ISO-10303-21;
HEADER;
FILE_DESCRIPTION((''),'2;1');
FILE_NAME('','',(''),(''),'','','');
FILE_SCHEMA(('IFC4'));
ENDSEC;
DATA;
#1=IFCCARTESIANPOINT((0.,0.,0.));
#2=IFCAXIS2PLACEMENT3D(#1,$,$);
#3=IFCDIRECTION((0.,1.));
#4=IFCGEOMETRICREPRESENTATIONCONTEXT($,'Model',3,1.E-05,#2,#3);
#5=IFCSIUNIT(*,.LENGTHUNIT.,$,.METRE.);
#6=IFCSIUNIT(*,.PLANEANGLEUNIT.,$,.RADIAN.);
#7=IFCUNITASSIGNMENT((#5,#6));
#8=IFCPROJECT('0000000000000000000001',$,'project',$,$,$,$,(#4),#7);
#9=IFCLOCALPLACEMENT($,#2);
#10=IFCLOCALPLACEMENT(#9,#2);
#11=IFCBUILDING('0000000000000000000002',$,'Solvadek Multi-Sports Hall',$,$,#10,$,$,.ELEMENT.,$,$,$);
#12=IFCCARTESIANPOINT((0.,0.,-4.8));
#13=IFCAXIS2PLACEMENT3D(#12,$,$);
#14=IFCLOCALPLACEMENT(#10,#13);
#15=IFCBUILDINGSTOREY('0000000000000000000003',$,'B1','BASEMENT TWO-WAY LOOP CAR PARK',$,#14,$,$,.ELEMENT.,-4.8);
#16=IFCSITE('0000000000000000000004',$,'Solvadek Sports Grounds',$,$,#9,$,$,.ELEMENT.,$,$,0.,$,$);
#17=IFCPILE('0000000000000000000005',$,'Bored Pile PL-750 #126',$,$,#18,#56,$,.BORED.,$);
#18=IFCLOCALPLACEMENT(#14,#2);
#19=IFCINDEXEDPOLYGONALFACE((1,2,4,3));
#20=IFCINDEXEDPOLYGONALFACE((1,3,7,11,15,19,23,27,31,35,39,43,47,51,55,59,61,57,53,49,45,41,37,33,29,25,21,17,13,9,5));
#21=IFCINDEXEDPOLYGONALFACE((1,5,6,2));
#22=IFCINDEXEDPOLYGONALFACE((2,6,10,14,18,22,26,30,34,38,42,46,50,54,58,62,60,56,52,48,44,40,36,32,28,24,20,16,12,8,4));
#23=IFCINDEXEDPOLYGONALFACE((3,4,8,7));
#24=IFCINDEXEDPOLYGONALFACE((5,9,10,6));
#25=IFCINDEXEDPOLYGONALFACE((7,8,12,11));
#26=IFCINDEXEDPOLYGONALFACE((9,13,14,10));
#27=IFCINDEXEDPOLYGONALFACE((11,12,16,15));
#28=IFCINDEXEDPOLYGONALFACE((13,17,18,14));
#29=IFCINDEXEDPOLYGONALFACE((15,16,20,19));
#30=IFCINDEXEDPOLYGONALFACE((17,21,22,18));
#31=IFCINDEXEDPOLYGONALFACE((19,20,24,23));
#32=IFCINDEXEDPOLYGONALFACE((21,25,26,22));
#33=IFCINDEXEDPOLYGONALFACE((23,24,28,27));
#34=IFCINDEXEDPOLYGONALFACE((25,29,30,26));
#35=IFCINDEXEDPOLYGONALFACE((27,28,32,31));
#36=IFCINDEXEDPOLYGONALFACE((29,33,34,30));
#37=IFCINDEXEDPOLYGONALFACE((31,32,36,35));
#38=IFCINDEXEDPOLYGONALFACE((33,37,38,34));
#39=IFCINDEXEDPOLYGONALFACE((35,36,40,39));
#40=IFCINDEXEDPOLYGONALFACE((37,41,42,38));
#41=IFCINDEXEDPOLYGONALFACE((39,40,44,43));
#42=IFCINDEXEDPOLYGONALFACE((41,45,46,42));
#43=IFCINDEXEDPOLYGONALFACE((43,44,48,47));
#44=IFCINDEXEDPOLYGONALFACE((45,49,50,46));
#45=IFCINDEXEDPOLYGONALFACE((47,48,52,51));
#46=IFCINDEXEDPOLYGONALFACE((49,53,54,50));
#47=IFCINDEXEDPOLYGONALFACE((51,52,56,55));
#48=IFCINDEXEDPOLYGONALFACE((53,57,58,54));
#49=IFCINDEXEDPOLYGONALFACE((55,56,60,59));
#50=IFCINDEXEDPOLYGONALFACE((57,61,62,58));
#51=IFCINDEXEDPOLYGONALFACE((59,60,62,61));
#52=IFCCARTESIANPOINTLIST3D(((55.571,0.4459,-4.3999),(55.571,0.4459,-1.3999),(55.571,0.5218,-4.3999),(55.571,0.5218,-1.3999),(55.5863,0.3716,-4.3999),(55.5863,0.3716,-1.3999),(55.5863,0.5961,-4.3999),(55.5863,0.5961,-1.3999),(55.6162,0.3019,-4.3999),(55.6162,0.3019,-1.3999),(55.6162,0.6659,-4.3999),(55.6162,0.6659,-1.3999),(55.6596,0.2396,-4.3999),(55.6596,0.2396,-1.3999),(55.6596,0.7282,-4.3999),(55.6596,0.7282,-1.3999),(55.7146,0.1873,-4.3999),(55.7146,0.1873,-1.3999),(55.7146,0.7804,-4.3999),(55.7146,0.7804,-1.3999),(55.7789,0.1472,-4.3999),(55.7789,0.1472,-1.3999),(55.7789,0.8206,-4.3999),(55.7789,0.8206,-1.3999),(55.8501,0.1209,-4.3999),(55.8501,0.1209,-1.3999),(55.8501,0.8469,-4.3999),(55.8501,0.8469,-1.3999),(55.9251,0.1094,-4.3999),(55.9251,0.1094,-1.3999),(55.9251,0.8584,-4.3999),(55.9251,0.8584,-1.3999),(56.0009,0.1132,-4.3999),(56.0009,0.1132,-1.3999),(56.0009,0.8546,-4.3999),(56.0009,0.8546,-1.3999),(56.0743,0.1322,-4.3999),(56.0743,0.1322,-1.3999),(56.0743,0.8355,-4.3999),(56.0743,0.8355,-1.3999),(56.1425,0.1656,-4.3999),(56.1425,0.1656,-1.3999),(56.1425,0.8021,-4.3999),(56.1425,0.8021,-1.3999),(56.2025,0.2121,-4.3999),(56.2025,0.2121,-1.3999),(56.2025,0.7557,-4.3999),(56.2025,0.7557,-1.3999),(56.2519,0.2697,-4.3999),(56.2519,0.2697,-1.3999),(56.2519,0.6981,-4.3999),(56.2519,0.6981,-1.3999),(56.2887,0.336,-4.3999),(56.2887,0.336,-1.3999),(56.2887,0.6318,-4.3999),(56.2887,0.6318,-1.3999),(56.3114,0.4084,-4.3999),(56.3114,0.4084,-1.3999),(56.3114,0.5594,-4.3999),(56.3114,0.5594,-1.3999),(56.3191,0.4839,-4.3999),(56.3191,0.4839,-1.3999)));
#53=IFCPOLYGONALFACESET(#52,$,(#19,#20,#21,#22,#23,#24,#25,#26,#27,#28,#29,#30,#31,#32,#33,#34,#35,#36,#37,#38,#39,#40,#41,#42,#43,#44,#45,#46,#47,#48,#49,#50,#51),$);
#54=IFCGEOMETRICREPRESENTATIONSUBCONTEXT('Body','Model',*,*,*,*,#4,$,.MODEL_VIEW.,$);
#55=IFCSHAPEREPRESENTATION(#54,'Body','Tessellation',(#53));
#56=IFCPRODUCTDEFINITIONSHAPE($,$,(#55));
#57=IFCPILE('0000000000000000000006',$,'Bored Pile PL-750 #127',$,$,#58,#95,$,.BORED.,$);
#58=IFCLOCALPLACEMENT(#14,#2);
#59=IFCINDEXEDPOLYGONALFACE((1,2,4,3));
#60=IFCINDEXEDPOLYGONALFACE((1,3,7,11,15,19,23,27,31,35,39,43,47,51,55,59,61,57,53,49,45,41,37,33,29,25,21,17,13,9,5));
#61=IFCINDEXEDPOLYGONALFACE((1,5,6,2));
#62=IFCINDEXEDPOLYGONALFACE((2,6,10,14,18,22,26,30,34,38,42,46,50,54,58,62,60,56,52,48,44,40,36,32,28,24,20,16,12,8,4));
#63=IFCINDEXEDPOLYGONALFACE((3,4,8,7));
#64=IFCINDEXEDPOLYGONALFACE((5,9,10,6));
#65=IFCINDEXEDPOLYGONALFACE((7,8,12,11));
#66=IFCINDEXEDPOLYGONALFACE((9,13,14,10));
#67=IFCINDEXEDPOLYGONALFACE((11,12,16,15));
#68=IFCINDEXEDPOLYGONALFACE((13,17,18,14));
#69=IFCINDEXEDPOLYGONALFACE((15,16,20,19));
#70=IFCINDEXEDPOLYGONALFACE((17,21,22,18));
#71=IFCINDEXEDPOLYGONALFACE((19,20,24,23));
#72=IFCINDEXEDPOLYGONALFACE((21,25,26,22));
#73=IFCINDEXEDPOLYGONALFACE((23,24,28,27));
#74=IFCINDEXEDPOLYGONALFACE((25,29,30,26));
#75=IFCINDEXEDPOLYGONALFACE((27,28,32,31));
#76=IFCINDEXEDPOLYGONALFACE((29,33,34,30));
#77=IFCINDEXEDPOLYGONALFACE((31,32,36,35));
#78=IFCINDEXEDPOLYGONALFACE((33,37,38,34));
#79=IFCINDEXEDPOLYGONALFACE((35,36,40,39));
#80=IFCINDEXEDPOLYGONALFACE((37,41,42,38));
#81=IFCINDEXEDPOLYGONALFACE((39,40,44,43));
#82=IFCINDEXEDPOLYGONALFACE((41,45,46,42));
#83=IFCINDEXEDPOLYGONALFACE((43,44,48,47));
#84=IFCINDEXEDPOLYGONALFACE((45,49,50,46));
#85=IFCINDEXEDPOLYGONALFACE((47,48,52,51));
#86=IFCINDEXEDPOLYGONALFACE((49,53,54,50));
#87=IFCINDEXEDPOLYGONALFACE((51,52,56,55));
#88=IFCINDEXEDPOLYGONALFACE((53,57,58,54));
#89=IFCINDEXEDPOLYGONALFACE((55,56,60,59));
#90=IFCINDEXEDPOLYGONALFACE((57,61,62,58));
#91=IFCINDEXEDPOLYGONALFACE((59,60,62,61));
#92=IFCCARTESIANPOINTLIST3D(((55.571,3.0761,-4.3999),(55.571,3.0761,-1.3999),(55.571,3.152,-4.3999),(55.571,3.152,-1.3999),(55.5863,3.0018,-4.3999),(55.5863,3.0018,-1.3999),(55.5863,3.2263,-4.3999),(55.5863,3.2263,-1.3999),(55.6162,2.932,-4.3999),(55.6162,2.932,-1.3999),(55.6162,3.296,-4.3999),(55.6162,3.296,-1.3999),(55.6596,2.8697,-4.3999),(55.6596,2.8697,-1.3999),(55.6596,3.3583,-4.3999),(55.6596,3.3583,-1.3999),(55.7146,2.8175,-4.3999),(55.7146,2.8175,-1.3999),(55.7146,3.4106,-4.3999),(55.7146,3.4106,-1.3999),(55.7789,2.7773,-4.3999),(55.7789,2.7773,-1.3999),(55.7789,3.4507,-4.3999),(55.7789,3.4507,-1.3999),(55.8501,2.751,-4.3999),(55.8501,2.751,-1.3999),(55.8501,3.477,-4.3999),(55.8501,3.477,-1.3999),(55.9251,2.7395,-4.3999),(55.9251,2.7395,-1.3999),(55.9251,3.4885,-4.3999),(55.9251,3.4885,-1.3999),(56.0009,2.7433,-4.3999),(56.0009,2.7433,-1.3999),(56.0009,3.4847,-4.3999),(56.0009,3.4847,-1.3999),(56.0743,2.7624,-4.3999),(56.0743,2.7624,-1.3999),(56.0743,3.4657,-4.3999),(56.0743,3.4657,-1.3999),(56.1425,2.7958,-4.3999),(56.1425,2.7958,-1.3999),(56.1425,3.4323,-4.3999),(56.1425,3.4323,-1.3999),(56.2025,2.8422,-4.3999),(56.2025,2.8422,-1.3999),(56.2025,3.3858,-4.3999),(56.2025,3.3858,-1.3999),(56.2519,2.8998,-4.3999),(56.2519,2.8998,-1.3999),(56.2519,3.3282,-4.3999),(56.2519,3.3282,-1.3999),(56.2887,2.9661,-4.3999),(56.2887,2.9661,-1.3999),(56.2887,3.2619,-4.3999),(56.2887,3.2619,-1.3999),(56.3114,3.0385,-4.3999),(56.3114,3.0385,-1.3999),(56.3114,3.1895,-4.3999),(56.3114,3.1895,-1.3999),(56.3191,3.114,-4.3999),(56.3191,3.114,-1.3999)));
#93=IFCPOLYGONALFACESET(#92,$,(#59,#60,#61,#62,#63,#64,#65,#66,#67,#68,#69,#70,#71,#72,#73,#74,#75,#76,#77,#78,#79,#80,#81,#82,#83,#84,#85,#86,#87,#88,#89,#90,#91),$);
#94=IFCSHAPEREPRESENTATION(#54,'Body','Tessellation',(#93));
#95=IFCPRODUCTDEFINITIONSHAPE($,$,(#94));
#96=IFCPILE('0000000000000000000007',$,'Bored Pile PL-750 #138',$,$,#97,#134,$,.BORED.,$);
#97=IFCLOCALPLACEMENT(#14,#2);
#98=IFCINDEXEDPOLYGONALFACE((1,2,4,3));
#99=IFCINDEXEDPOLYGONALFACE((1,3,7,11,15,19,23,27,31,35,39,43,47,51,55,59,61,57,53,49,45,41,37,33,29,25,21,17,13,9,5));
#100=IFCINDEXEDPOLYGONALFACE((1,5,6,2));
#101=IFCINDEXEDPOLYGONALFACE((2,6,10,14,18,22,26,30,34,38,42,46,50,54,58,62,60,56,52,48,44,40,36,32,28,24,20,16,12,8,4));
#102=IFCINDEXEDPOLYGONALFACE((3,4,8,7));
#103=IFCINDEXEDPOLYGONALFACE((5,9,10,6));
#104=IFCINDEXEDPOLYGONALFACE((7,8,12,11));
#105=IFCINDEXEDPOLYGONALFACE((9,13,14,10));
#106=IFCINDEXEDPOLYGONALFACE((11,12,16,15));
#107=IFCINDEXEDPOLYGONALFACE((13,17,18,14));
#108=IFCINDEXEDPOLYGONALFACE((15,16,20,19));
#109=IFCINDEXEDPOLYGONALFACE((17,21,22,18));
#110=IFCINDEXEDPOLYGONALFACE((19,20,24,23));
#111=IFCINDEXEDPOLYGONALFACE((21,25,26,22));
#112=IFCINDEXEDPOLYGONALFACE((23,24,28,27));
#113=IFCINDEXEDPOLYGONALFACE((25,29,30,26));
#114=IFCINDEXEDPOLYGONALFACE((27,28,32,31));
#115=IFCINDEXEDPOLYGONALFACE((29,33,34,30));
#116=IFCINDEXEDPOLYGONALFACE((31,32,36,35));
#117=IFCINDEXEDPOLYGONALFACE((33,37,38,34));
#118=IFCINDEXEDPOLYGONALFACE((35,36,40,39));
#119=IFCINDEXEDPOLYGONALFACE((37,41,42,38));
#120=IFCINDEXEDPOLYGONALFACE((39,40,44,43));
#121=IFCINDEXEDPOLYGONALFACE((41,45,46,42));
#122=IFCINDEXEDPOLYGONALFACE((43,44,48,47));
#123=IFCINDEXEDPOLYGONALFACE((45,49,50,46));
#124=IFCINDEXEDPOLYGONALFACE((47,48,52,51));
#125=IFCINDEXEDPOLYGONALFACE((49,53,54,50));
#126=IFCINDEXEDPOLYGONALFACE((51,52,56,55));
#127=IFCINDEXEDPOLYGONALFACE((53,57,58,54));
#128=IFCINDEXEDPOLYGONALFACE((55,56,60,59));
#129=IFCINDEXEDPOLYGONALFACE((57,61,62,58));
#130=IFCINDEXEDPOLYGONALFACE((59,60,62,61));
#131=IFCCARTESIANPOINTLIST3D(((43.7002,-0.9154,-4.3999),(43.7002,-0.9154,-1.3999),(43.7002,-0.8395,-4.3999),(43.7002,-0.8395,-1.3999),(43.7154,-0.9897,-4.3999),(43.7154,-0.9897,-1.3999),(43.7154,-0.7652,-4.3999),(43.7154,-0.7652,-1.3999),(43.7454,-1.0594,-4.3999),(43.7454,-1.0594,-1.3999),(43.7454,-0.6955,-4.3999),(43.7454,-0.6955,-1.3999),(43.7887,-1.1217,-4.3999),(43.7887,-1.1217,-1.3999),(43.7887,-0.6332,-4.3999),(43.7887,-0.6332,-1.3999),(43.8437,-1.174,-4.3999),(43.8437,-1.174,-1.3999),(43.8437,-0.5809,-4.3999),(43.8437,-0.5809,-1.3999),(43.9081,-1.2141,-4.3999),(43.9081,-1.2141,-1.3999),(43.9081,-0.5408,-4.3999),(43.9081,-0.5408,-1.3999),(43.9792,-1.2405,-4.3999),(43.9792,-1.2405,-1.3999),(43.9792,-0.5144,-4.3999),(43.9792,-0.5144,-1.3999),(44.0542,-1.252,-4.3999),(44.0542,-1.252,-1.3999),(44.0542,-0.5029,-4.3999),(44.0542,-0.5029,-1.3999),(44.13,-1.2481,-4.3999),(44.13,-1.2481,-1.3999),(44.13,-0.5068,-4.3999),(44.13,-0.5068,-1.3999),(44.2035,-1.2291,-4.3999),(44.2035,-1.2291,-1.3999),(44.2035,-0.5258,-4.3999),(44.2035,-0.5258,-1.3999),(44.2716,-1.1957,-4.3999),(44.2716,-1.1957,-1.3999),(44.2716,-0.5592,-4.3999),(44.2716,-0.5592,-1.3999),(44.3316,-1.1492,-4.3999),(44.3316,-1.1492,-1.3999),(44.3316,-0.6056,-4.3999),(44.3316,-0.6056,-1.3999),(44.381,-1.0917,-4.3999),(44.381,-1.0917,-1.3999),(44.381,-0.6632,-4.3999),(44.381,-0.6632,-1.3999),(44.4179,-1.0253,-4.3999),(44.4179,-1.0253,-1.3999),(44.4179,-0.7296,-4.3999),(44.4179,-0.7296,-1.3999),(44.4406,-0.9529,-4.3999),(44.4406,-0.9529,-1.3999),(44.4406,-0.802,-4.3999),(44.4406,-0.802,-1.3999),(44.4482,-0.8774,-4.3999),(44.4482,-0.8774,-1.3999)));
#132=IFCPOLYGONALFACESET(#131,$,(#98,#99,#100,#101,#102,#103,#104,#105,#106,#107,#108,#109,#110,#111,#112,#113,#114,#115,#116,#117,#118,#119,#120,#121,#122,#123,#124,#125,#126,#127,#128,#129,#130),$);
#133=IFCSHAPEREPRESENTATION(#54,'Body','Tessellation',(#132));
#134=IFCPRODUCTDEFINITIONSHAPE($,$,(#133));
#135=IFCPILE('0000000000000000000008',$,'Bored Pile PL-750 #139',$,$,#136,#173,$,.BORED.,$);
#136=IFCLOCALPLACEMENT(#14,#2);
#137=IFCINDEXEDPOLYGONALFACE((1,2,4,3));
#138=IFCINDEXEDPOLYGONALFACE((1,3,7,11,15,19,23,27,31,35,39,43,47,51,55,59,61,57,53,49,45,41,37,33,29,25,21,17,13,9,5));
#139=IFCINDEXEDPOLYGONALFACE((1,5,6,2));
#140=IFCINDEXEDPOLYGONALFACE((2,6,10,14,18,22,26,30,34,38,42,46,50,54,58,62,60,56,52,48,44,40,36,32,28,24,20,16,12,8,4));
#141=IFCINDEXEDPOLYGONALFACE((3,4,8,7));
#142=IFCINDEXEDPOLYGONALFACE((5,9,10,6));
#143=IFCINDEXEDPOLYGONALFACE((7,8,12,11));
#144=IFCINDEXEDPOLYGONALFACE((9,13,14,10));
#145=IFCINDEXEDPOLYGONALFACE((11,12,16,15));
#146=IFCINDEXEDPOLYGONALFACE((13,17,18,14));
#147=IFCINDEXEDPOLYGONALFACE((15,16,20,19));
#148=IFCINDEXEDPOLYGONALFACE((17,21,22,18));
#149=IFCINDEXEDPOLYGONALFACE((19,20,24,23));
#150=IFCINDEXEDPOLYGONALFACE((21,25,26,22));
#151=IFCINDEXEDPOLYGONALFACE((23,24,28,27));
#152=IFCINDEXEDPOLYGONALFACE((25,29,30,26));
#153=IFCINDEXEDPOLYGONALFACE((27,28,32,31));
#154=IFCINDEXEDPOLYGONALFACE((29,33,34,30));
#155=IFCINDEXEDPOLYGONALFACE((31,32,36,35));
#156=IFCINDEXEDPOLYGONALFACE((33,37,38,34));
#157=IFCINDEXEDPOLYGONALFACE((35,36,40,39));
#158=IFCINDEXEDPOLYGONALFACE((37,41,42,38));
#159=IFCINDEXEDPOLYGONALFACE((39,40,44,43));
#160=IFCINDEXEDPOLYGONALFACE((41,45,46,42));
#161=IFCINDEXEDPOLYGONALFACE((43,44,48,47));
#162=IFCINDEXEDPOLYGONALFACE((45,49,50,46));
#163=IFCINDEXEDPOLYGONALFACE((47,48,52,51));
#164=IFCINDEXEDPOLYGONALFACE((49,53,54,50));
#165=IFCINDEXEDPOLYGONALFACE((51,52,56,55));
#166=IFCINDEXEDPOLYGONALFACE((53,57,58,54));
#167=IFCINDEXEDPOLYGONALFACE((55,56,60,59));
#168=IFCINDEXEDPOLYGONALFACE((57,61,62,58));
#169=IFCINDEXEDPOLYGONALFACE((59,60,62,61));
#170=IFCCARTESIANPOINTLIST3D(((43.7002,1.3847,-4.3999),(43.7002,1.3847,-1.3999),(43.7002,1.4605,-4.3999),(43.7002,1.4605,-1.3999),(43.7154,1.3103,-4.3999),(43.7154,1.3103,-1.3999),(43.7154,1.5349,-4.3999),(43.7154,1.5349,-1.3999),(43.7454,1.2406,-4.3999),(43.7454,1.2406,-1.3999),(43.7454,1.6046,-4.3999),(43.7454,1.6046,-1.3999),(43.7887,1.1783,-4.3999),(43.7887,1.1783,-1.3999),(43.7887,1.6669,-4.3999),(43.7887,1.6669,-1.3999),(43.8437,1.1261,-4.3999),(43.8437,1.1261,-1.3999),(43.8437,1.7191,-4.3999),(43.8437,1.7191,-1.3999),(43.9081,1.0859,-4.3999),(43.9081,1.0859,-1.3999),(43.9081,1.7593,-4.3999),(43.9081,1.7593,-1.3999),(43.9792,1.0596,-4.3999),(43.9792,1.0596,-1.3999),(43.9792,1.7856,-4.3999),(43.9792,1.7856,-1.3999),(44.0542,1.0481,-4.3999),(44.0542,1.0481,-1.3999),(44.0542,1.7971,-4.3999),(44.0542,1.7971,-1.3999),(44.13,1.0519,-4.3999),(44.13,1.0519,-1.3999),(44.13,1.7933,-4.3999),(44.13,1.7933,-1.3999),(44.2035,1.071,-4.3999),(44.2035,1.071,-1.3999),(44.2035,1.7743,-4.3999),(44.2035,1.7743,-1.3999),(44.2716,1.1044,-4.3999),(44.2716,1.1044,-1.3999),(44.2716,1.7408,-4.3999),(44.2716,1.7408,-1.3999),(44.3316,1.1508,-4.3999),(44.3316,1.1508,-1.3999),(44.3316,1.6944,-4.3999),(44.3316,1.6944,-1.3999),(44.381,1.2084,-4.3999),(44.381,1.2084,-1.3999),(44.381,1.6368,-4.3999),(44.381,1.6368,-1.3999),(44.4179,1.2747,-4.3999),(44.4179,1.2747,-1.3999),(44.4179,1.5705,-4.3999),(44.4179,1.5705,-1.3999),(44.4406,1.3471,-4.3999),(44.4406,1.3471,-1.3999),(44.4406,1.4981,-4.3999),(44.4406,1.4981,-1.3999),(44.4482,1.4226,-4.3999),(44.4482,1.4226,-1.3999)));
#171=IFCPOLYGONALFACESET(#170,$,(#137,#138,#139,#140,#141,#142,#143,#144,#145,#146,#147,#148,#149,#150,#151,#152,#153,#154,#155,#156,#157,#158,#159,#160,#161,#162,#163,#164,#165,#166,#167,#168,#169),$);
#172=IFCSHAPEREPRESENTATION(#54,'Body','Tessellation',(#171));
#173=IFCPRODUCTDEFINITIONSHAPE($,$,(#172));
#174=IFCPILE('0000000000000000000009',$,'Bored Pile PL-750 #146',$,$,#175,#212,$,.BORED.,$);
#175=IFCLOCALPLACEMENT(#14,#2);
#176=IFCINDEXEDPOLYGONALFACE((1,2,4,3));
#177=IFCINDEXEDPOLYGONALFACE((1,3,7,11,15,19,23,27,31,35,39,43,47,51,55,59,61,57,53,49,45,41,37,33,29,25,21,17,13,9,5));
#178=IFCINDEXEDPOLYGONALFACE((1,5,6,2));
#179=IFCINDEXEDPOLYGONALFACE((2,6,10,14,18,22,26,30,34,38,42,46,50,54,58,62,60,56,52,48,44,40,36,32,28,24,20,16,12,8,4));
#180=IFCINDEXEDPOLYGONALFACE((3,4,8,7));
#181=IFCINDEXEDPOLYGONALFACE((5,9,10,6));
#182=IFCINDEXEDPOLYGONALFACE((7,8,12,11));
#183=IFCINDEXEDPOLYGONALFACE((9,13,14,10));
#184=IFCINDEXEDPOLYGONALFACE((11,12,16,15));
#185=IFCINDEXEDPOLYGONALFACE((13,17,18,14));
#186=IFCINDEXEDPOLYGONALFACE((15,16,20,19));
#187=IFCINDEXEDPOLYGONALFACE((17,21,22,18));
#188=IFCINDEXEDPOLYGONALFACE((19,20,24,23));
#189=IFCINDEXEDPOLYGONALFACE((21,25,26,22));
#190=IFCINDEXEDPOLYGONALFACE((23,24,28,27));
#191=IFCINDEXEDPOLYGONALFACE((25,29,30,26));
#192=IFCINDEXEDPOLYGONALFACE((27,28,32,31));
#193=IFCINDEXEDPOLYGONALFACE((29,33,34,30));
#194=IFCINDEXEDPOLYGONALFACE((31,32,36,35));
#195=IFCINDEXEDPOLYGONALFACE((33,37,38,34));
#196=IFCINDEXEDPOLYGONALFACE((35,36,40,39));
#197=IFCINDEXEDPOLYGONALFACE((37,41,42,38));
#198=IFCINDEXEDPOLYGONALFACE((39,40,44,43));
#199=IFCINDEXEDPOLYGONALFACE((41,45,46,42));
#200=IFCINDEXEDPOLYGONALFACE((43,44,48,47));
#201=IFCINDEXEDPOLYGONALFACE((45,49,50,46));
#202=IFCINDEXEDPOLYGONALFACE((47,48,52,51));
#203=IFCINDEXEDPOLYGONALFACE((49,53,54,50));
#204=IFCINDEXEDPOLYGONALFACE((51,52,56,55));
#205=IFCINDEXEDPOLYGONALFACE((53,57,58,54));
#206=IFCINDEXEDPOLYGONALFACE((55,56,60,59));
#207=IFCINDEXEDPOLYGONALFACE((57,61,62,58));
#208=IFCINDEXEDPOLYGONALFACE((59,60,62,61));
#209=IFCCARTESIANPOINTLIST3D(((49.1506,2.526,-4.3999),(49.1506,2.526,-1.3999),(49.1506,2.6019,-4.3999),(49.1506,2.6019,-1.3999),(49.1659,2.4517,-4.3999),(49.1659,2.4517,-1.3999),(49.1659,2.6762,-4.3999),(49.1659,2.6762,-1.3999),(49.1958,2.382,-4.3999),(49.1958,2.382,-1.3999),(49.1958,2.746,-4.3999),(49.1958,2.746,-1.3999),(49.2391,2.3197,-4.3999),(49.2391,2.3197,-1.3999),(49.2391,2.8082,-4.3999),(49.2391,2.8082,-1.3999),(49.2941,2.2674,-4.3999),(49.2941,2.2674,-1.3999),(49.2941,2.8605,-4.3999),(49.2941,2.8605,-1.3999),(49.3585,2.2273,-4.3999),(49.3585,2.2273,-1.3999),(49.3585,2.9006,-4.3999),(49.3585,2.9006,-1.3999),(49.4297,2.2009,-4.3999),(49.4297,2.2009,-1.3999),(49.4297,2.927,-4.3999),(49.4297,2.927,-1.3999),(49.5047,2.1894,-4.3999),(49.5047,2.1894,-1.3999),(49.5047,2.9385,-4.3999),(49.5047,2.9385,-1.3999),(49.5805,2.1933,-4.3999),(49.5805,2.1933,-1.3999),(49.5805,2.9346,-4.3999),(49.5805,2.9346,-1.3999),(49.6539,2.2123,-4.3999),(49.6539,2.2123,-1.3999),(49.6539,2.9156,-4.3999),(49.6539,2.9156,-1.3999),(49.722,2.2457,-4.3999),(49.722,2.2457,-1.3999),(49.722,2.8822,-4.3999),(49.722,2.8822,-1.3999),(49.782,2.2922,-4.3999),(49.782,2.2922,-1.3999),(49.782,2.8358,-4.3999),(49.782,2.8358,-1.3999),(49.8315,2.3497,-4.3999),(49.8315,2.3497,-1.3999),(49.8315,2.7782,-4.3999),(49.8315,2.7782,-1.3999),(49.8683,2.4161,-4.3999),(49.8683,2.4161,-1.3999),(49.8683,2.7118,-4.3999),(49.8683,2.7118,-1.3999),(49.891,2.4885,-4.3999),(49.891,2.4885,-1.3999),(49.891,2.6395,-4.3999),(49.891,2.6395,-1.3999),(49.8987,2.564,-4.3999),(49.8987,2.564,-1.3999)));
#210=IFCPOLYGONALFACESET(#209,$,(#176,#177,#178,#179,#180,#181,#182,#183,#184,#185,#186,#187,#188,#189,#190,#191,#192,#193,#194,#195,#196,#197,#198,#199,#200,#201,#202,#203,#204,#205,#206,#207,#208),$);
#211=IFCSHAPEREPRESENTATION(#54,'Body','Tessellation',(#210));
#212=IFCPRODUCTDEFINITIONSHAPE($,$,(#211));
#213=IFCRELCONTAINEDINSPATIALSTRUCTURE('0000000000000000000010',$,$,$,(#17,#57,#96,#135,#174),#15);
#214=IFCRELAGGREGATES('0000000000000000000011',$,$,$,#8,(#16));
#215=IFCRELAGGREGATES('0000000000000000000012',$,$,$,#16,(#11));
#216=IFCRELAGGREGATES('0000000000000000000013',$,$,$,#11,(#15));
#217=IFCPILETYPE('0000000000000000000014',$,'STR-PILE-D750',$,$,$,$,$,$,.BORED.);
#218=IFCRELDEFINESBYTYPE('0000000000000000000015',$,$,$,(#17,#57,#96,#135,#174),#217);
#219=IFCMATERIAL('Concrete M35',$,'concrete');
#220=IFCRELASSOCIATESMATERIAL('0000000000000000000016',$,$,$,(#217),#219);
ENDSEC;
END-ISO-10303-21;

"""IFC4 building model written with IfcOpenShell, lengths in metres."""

from ifc_helpers import new_model, si_unit, direction, frame, origin, origin_2d, place, context, subcontext, project, spatial, circle, extrude, material, material_profile, profile_set, type_object, element, save


model = new_model("IFC4")

# Units and contexts
model_context = context("Model", 3, precision=1e-05, world=origin(), true_north=direction((0.0, 1.0)))
body_context = subcontext(model_context, "Body", "Model", "MODEL_VIEW")
ifc_project = project(units=[si_unit("LENGTHUNIT", "METRE"), si_unit("PLANEANGLEUNIT", "RADIAN")], contexts=[model_context])

# Site, building, storey
site_placement = place(None, origin())
site = spatial("IfcSite", under=ifc_project, at=site_placement, Name="Solvadek Sports Grounds", CompositionType="ELEMENT", RefElevation=0.0)
building_placement = place(site_placement, origin())
building = spatial("IfcBuilding", under=site, at=building_placement, Name="Solvadek Multi-Sports Hall", CompositionType="ELEMENT")
storey_placement = place(building_placement, frame((0.0, 0.0, -4.8)))
storey = spatial("IfcBuildingStorey", under=building, at=storey_placement, Name="B1", Description="BASEMENT TWO-WAY LOOP CAR PARK", CompositionType="ELEMENT", Elevation=-4.8)

# Piles
ifc_material_1 = material(Name="Concrete M35", Category="concrete")
ifc_material_profile_1 = material_profile(ifc_material_1, circle(Radius=0.375, at=origin_2d()), Name="BORED PILE D750")
ifc_profile_set_1 = profile_set([ifc_material_profile_1], Name="Concrete M35")
pile_type_1 = type_object("IfcPileType", Name="STR-PILE-D750", PredefinedType="BORED", material=ifc_profile_set_1)
for number, where, z_axis, x_axis, name in (
    (1, (55.9441, 0.4839, -1.3999), (0.0, 0.0, -1.0), (1.0, 0.0, 0.0), "Bored Pile PL-750 #126"),
    (2, (55.9441, 3.114, -1.3999), (0.0, 0.0, -1.0), (1.0, 0.0, 0.0), "Bored Pile PL-750 #127"),
    (3, (44.0732, -0.8774, -1.3999), (0.0, 0.0, -1.0), (1.0, 0.0, 0.0), "Bored Pile PL-750 #138"),
    (4, (44.0732, 1.4226, -1.3999), (0.0, 0.0, -1.0), (1.0, 0.0, 0.0), "Bored Pile PL-750 #139"),
    (5, (49.5237, 2.564, -1.3999), (0.0, 0.0, -1.0), (1.0, 0.0, 0.0), "Bored Pile PL-750 #146"),
):
    element("IfcPile", number, at=place(storey_placement, frame(where, z_axis=z_axis, x_axis=x_axis)), inside=storey, type_object=pile_type_1, Name=name, PredefinedType="BORED", context=body_context, shape_type="SweptSolid", body=[
        extrude(circle(Radius=0.375, at=origin_2d()), origin(), (0.0, 0.0, 1.0), 3.0),
    ])

save(model, "model.ifc")
